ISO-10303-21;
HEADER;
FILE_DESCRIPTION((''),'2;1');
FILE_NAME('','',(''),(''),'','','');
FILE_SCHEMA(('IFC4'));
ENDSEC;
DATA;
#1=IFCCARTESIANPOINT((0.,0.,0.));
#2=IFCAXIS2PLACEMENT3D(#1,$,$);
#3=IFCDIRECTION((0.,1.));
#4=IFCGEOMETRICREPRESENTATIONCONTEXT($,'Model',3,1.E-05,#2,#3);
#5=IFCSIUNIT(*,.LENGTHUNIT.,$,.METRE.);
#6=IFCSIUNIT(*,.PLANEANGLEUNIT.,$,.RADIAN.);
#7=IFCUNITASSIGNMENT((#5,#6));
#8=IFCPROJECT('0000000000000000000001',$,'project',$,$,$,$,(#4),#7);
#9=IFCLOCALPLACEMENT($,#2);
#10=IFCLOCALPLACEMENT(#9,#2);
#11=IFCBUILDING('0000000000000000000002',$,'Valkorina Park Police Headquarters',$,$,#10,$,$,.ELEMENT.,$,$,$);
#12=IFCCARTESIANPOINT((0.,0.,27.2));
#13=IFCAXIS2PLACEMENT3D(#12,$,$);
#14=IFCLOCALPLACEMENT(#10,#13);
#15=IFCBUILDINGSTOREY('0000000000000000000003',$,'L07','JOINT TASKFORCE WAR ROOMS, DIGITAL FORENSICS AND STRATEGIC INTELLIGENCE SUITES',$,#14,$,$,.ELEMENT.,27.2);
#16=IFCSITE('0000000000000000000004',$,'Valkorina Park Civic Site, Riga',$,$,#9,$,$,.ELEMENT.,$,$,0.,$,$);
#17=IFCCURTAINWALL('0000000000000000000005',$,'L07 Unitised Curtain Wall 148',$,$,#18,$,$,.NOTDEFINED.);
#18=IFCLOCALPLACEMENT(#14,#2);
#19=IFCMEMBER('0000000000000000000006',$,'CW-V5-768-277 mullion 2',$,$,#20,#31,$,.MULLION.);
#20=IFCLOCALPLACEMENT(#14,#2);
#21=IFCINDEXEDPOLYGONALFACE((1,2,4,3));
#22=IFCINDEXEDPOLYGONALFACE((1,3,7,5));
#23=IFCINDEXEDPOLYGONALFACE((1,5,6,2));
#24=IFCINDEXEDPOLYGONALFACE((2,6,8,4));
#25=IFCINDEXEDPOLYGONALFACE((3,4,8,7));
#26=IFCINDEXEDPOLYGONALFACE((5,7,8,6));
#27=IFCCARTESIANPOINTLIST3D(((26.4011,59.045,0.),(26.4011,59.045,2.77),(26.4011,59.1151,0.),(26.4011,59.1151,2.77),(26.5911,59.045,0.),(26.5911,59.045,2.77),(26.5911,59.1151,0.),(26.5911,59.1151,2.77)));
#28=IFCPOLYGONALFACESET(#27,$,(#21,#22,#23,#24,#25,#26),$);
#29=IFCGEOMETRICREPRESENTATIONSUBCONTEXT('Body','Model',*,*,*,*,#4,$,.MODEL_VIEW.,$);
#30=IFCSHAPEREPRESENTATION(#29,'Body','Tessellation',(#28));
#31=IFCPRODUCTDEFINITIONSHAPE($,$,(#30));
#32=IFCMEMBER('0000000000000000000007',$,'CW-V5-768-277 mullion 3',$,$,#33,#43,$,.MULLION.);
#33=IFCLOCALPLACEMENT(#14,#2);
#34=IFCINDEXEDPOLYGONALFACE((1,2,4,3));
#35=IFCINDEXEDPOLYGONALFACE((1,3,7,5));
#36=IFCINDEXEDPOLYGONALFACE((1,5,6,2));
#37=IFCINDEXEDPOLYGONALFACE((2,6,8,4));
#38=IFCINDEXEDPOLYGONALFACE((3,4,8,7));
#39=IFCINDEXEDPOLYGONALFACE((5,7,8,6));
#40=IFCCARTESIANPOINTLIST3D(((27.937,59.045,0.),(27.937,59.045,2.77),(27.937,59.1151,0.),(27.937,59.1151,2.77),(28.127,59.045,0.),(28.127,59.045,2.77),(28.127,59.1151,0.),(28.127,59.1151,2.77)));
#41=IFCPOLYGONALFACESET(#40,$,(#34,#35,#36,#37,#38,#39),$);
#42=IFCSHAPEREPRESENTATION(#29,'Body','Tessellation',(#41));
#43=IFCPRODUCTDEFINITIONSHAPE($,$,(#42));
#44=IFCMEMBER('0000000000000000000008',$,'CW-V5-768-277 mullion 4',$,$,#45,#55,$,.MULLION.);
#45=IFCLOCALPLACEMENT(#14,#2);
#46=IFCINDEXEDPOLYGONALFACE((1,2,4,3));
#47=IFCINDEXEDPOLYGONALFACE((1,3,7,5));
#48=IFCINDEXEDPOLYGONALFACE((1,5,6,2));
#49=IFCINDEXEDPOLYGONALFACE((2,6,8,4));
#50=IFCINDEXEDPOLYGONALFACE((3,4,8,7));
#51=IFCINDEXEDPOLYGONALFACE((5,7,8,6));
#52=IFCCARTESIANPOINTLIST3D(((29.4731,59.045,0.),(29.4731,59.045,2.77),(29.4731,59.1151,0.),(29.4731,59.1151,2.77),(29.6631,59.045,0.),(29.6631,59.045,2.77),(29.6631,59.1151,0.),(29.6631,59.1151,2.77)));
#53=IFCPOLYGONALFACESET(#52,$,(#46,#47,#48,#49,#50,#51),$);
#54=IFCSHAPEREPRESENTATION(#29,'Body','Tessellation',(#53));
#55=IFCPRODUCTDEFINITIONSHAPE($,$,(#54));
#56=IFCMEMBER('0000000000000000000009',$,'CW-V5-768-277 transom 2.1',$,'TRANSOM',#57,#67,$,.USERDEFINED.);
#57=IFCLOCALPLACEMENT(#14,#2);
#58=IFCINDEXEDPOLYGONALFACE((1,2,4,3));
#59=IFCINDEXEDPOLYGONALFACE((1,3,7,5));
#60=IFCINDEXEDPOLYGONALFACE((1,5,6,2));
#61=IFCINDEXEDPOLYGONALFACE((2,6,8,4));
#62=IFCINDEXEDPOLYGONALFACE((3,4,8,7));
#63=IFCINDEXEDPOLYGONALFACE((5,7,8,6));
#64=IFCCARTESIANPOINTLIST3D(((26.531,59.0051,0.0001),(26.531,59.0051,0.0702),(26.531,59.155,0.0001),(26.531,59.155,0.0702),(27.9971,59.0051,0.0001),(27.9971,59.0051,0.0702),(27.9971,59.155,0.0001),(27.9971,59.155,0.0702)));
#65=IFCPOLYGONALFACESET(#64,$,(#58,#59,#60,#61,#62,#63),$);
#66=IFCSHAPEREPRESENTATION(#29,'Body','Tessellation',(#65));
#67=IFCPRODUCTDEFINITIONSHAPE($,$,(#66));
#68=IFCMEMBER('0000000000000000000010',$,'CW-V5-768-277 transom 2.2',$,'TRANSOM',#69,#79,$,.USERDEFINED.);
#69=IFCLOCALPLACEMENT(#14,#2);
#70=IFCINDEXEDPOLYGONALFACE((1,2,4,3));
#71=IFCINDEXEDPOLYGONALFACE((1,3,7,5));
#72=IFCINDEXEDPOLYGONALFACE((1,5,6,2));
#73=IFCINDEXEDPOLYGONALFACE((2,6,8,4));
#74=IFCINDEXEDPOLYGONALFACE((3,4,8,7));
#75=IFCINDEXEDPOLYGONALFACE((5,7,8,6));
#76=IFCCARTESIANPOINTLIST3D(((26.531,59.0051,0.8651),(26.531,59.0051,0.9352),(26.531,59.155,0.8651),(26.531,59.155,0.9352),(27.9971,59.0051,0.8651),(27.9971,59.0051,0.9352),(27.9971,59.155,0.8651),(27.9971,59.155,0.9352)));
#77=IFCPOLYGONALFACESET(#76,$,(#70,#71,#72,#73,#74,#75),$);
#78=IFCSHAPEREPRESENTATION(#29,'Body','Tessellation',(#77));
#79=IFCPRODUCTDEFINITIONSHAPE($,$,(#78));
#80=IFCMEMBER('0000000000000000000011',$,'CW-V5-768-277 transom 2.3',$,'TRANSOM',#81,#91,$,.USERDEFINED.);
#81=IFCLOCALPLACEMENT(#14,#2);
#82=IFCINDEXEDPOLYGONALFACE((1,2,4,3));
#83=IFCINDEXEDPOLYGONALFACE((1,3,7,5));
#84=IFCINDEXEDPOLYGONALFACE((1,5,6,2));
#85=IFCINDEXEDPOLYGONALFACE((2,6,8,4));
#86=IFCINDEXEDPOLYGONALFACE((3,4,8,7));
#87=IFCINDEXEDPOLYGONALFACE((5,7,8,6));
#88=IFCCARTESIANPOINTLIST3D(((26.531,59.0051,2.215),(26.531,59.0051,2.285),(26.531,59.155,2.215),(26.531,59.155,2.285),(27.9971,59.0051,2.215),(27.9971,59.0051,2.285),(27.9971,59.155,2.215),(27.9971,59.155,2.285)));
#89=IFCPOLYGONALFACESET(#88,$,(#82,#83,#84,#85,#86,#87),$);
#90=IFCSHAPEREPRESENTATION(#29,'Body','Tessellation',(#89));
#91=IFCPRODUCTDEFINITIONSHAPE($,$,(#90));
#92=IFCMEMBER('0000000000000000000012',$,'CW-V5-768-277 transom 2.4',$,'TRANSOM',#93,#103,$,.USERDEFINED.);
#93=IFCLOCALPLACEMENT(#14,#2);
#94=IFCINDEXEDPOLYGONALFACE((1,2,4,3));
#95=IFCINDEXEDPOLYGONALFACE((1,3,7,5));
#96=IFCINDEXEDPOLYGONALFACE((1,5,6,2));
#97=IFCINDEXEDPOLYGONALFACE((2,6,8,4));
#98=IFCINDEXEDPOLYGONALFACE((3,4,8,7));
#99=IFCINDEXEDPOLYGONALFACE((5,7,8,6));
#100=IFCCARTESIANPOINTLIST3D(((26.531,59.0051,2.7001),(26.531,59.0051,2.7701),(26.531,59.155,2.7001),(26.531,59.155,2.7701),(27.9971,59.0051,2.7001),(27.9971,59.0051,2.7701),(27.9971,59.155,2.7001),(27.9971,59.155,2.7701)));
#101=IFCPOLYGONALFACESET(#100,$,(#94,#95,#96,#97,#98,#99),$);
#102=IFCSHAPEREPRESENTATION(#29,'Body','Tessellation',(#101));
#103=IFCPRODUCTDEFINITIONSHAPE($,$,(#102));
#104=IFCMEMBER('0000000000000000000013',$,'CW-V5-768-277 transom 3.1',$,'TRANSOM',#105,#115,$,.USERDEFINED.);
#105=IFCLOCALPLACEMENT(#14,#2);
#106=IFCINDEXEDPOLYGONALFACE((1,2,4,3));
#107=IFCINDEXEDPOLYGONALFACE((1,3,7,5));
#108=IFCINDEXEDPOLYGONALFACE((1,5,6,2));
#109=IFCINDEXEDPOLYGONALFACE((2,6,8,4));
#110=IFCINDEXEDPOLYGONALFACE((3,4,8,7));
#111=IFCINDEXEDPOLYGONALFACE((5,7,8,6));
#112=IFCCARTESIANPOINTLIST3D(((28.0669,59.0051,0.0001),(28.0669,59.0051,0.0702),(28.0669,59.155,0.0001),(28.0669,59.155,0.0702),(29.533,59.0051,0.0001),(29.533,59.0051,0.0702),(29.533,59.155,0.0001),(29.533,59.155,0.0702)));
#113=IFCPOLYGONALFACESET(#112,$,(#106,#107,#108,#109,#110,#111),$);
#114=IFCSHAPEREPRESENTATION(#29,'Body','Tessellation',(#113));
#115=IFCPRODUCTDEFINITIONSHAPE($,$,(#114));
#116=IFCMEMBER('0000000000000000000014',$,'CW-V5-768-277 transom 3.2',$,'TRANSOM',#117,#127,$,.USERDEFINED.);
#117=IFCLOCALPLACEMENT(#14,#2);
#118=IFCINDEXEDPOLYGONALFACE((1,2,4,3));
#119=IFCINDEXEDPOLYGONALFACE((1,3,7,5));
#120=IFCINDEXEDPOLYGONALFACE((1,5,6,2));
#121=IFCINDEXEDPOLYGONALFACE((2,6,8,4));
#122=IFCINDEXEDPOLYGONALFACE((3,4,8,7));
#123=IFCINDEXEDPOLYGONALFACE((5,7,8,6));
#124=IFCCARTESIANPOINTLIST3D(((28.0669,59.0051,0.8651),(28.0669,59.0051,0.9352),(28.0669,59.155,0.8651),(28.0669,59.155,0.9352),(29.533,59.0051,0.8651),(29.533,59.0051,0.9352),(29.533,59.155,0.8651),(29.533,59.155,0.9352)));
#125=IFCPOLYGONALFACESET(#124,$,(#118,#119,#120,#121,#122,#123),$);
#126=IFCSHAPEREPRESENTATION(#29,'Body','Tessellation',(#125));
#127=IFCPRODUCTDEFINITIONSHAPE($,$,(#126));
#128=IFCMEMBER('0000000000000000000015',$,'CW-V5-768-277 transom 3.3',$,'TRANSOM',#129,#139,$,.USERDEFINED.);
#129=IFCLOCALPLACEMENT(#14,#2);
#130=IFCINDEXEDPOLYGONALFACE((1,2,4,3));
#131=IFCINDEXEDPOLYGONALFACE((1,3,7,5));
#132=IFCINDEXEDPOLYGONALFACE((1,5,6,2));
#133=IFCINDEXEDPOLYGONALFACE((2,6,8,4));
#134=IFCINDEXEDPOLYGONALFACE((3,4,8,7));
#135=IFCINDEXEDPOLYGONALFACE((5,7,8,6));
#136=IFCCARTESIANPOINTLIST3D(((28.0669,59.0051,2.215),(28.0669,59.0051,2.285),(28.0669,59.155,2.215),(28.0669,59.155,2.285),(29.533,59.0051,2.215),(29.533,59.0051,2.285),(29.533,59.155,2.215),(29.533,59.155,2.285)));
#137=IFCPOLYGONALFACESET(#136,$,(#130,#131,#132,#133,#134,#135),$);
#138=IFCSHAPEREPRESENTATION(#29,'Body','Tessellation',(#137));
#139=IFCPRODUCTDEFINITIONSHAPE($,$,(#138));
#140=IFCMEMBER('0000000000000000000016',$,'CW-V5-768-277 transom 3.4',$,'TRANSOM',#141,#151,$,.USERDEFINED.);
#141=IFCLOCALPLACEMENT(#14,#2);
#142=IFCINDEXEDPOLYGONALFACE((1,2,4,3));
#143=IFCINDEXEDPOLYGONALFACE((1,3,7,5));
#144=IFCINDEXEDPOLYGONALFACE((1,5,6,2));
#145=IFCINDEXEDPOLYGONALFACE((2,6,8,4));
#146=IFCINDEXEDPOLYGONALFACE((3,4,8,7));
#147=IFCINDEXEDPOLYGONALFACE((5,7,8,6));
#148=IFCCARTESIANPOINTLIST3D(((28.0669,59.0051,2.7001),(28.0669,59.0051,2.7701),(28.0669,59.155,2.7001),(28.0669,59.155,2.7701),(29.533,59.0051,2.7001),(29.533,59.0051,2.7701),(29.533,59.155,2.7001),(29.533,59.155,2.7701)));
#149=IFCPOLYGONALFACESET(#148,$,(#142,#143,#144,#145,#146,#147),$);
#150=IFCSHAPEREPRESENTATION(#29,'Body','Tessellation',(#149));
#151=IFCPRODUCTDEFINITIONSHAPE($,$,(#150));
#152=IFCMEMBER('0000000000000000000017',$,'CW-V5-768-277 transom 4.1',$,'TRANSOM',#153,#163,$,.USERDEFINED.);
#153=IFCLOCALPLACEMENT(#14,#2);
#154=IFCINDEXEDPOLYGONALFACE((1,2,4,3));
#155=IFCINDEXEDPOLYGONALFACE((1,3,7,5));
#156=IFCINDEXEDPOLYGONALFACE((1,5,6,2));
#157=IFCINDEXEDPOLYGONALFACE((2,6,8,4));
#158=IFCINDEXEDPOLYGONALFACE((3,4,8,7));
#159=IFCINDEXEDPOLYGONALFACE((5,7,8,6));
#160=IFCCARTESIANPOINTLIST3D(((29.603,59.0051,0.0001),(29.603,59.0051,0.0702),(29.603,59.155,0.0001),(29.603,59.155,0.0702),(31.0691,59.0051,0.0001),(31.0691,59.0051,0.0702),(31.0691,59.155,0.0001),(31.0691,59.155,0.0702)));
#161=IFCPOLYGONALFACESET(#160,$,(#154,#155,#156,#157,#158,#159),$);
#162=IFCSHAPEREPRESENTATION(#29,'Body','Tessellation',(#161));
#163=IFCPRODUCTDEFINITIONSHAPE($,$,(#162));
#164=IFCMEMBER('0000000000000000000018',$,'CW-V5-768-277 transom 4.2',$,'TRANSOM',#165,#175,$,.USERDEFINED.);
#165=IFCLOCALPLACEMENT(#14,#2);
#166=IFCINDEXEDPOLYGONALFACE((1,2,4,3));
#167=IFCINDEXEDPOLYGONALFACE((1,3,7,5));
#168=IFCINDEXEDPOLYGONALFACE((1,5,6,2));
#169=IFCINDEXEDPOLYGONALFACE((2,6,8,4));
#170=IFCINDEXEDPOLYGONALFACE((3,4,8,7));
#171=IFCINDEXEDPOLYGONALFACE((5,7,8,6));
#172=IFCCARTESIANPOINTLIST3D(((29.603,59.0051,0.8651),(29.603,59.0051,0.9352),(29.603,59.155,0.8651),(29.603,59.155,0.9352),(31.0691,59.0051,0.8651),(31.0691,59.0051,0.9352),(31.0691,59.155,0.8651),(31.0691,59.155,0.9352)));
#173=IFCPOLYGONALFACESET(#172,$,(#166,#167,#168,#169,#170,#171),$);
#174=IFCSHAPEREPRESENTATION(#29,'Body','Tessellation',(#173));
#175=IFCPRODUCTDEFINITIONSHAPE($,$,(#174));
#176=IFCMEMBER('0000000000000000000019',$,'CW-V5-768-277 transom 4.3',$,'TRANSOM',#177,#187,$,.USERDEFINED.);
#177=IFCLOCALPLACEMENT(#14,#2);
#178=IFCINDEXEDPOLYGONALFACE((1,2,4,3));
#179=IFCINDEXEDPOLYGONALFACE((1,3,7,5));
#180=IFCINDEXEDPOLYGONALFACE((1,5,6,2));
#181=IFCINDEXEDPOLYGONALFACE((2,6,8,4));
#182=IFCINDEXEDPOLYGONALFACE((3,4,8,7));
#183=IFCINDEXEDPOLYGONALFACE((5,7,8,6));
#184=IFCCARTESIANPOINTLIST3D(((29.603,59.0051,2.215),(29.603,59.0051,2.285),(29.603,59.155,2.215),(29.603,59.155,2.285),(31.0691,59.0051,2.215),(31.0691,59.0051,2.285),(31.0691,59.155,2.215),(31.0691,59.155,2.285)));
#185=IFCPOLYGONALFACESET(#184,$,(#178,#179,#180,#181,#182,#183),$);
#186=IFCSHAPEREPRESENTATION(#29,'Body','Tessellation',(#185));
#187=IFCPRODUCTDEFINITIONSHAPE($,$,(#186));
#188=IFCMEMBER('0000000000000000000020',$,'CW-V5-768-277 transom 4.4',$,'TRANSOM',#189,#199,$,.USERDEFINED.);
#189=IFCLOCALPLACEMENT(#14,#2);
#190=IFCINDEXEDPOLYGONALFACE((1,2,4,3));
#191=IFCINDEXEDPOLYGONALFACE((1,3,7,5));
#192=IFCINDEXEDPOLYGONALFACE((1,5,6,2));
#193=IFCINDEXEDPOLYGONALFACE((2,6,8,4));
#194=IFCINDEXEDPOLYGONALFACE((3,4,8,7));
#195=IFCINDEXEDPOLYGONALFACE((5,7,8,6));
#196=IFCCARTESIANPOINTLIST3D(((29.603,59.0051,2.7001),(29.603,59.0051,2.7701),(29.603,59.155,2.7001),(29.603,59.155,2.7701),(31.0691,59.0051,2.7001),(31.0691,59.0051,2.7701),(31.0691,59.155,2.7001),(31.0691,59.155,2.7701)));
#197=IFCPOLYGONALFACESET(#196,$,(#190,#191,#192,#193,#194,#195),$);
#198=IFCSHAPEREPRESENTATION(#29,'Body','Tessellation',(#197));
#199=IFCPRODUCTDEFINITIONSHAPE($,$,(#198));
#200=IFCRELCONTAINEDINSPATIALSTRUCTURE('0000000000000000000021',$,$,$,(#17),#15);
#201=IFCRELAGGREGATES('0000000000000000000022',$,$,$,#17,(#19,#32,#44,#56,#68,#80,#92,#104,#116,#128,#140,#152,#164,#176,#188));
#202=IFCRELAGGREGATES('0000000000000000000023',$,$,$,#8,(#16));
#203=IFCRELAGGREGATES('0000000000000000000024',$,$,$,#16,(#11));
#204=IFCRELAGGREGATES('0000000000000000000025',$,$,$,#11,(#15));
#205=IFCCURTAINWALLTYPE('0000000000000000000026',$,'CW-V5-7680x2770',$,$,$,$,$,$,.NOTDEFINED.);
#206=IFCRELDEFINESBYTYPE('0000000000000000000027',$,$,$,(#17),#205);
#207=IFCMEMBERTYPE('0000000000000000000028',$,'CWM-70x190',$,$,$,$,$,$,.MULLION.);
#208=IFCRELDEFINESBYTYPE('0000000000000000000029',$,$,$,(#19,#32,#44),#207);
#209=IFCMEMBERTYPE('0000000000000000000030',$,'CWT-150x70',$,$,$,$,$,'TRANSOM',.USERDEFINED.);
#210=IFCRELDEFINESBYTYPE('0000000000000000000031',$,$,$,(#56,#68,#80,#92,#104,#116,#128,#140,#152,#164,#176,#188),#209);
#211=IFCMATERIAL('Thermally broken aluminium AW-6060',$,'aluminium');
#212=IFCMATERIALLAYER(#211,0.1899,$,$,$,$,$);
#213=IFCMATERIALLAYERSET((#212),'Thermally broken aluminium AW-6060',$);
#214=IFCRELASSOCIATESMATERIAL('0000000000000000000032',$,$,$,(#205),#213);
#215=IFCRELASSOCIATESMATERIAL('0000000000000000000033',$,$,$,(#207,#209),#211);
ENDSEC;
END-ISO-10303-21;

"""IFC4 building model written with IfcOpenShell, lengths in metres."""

from ifc_helpers import new_model, si_unit, direction, frame, origin, origin_2d, place, context, subcontext, project, spatial, rectangle, extrude, material, layer, layer_set, material_profile, profile_set, type_object, element, aggregate, save


model = new_model("IFC4")

# Units and contexts
model_context = context("Model", 3, precision=1e-05, world=origin(), true_north=direction((0.0, 1.0)))
body_context = subcontext(model_context, "Body", "Model", "MODEL_VIEW")
ifc_project = project(units=[si_unit("LENGTHUNIT", "METRE"), si_unit("PLANEANGLEUNIT", "RADIAN")], contexts=[model_context])

# Site, building, storey
site_placement = place(None, origin())
site = spatial("IfcSite", under=ifc_project, at=site_placement, Name="Valkorina Park Civic Site, Riga", CompositionType="ELEMENT", RefElevation=0.0)
building_placement = place(site_placement, origin())
building = spatial("IfcBuilding", under=site, at=building_placement, Name="Valkorina Park Police Headquarters", CompositionType="ELEMENT")
storey_placement = place(building_placement, frame((0.0, 0.0, 27.2)))
storey = spatial("IfcBuildingStorey", under=building, at=storey_placement, Name="L07", Description="JOINT TASKFORCE WAR ROOMS, DIGITAL FORENSICS AND STRATEGIC INTELLIGENCE SUITES", CompositionType="ELEMENT", Elevation=27.2)

# Curtain wall, members
ifc_material_1 = material(Name="Thermally broken aluminium AW-6060", Category="aluminium")
ifc_layer_1 = layer(ifc_material_1, 0.1899)
ifc_layer_set_1 = layer_set([ifc_layer_1], Name="Thermally broken aluminium AW-6060")
curtain_wall_type = type_object("IfcCurtainWallType", Name="CW-V5-7680x2770", PredefinedType="NOTDEFINED", material=ifc_layer_set_1)
curtain_wall_placement = place(storey_placement, origin())
curtain_wall = element("IfcCurtainWall", 1, at=curtain_wall_placement, inside=storey, type_object=curtain_wall_type, Name="L07 Unitised Curtain Wall 148", PredefinedType="NOTDEFINED")
ifc_material_profile_1 = material_profile(ifc_material_1, rectangle(XDim=0.0701, YDim=0.1899, at=origin_2d()), Name="CWM-02 70x190")
ifc_profile_set_1 = profile_set([ifc_material_profile_1], Name="Thermally broken aluminium AW-6060")
member_type_1 = type_object("IfcMemberType", Name="CWM-70x190", PredefinedType="MULLION", material=ifc_profile_set_1)
member_1_placement = place(storey_placement, frame((26.4961, 59.0801, 0.0), z_axis=(0.0, 0.0, 1.0), x_axis=(0.0, 1.0, 0.0)))
member_1 = element("IfcMember", 2, at=member_1_placement, type_object=member_type_1, Name="CW-V5-768-277 mullion 2", PredefinedType="MULLION", context=body_context, shape_type="SweptSolid", body=[
    extrude(rectangle(XDim=0.0701, YDim=0.1899, at=origin_2d()), origin(), (0.0, 0.0, 1.0), 2.77),
])
member_2_placement = place(storey_placement, frame((28.032, 59.0801, 0.0), z_axis=(0.0, 0.0, 1.0), x_axis=(0.0, 1.0, 0.0)))
member_2 = element("IfcMember", 3, at=member_2_placement, type_object=member_type_1, Name="CW-V5-768-277 mullion 3", PredefinedType="MULLION", context=body_context, shape_type="SweptSolid", body=[
    extrude(rectangle(XDim=0.0701, YDim=0.1899, at=origin_2d()), origin(), (0.0, 0.0, 1.0), 2.77),
])
member_3_placement = place(storey_placement, frame((29.5681, 59.0801, 0.0), z_axis=(0.0, 0.0, 1.0), x_axis=(0.0, 1.0, 0.0)))
member_3 = element("IfcMember", 4, at=member_3_placement, type_object=member_type_1, Name="CW-V5-768-277 mullion 4", PredefinedType="MULLION", context=body_context, shape_type="SweptSolid", body=[
    extrude(rectangle(XDim=0.0701, YDim=0.1899, at=origin_2d()), origin(), (0.0, 0.0, 1.0), 2.77),
])
ifc_material_profile_2 = material_profile(ifc_material_1, rectangle(XDim=0.1499, YDim=0.0701, at=origin_2d()), Name="CWT-02 150x70")
ifc_profile_set_2 = profile_set([ifc_material_profile_2], Name="Thermally broken aluminium AW-6060")
member_type_2 = type_object("IfcMemberType", Name="CWT-150x70", ElementType="TRANSOM", PredefinedType="USERDEFINED", material=ifc_profile_set_2)
member_4_placement = place(storey_placement, frame((26.531, 59.0801, 0.0352), z_axis=(1.0, 0.0, 0.0), x_axis=(0.0, 1.0, 0.0)))
member_4 = element("IfcMember", 5, at=member_4_placement, type_object=member_type_2, Name="CW-V5-768-277 transom 2.1", ObjectType="TRANSOM", PredefinedType="USERDEFINED", context=body_context, shape_type="SweptSolid", body=[
    extrude(rectangle(XDim=0.1499, YDim=0.0701, at=origin_2d()), origin(), (0.0, 0.0, 1.0), 1.4661),
])
member_5_placement = place(storey_placement, frame((26.531, 59.0801, 0.9001), z_axis=(1.0, 0.0, 0.0), x_axis=(0.0, 1.0, 0.0)))
member_5 = element("IfcMember", 6, at=member_5_placement, type_object=member_type_2, Name="CW-V5-768-277 transom 2.2", ObjectType="TRANSOM", PredefinedType="USERDEFINED", context=body_context, shape_type="SweptSolid", body=[
    extrude(rectangle(XDim=0.1499, YDim=0.0701, at=origin_2d()), origin(), (0.0, 0.0, 1.0), 1.4661),
])
member_6_placement = place(storey_placement, frame((26.531, 59.0801, 2.25), z_axis=(1.0, 0.0, 0.0), x_axis=(0.0, 1.0, 0.0)))
member_6 = element("IfcMember", 7, at=member_6_placement, type_object=member_type_2, Name="CW-V5-768-277 transom 2.3", ObjectType="TRANSOM", PredefinedType="USERDEFINED", context=body_context, shape_type="SweptSolid", body=[
    extrude(rectangle(XDim=0.1499, YDim=0.0701, at=origin_2d()), origin(), (0.0, 0.0, 1.0), 1.4661),
])
member_7_placement = place(storey_placement, frame((26.531, 59.0801, 2.7351), z_axis=(1.0, 0.0, 0.0), x_axis=(0.0, 1.0, 0.0)))
member_7 = element("IfcMember", 8, at=member_7_placement, type_object=member_type_2, Name="CW-V5-768-277 transom 2.4", ObjectType="TRANSOM", PredefinedType="USERDEFINED", context=body_context, shape_type="SweptSolid", body=[
    extrude(rectangle(XDim=0.1499, YDim=0.0701, at=origin_2d()), origin(), (0.0, 0.0, 1.0), 1.4661),
])
member_8_placement = place(storey_placement, frame((28.0669, 59.0801, 0.0352), z_axis=(1.0, 0.0, 0.0), x_axis=(0.0, 1.0, 0.0)))
member_8 = element("IfcMember", 9, at=member_8_placement, type_object=member_type_2, Name="CW-V5-768-277 transom 3.1", ObjectType="TRANSOM", PredefinedType="USERDEFINED", context=body_context, shape_type="SweptSolid", body=[
    extrude(rectangle(XDim=0.1499, YDim=0.0701, at=origin_2d()), origin(), (0.0, 0.0, 1.0), 1.4661),
])
member_9_placement = place(storey_placement, frame((28.0669, 59.0801, 0.9001), z_axis=(1.0, 0.0, 0.0), x_axis=(0.0, 1.0, 0.0)))
member_9 = element("IfcMember", 10, at=member_9_placement, type_object=member_type_2, Name="CW-V5-768-277 transom 3.2", ObjectType="TRANSOM", PredefinedType="USERDEFINED", context=body_context, shape_type="SweptSolid", body=[
    extrude(rectangle(XDim=0.1499, YDim=0.0701, at=origin_2d()), origin(), (0.0, 0.0, 1.0), 1.4661),
])
member_10_placement = place(storey_placement, frame((28.0669, 59.0801, 2.25), z_axis=(1.0, 0.0, 0.0), x_axis=(0.0, 1.0, 0.0)))
member_10 = element("IfcMember", 11, at=member_10_placement, type_object=member_type_2, Name="CW-V5-768-277 transom 3.3", ObjectType="TRANSOM", PredefinedType="USERDEFINED", context=body_context, shape_type="SweptSolid", body=[
    extrude(rectangle(XDim=0.1499, YDim=0.0701, at=origin_2d()), origin(), (0.0, 0.0, 1.0), 1.4661),
])
member_11_placement = place(storey_placement, frame((28.0669, 59.0801, 2.7351), z_axis=(1.0, 0.0, 0.0), x_axis=(0.0, 1.0, 0.0)))
member_11 = element("IfcMember", 12, at=member_11_placement, type_object=member_type_2, Name="CW-V5-768-277 transom 3.4", ObjectType="TRANSOM", PredefinedType="USERDEFINED", context=body_context, shape_type="SweptSolid", body=[
    extrude(rectangle(XDim=0.1499, YDim=0.0701, at=origin_2d()), origin(), (0.0, 0.0, 1.0), 1.4661),
])
member_12_placement = place(storey_placement, frame((29.603, 59.0801, 0.0352), z_axis=(1.0, 0.0, 0.0), x_axis=(0.0, 1.0, 0.0)))
member_12 = element("IfcMember", 13, at=member_12_placement, type_object=member_type_2, Name="CW-V5-768-277 transom 4.1", ObjectType="TRANSOM", PredefinedType="USERDEFINED", context=body_context, shape_type="SweptSolid", body=[
    extrude(rectangle(XDim=0.1499, YDim=0.0701, at=origin_2d()), origin(), (0.0, 0.0, 1.0), 1.4661),
])
member_13_placement = place(storey_placement, frame((29.603, 59.0801, 0.9001), z_axis=(1.0, 0.0, 0.0), x_axis=(0.0, 1.0, 0.0)))
member_13 = element("IfcMember", 14, at=member_13_placement, type_object=member_type_2, Name="CW-V5-768-277 transom 4.2", ObjectType="TRANSOM", PredefinedType="USERDEFINED", context=body_context, shape_type="SweptSolid", body=[
    extrude(rectangle(XDim=0.1499, YDim=0.0701, at=origin_2d()), origin(), (0.0, 0.0, 1.0), 1.4661),
])
member_14_placement = place(storey_placement, frame((29.603, 59.0801, 2.25), z_axis=(1.0, 0.0, 0.0), x_axis=(0.0, 1.0, 0.0)))
member_14 = element("IfcMember", 15, at=member_14_placement, type_object=member_type_2, Name="CW-V5-768-277 transom 4.3", ObjectType="TRANSOM", PredefinedType="USERDEFINED", context=body_context, shape_type="SweptSolid", body=[
    extrude(rectangle(XDim=0.1499, YDim=0.0701, at=origin_2d()), origin(), (0.0, 0.0, 1.0), 1.4661),
])
member_15_placement = place(storey_placement, frame((29.603, 59.0801, 2.7351), z_axis=(1.0, 0.0, 0.0), x_axis=(0.0, 1.0, 0.0)))
member_15 = element("IfcMember", 16, at=member_15_placement, type_object=member_type_2, Name="CW-V5-768-277 transom 4.4", ObjectType="TRANSOM", PredefinedType="USERDEFINED", context=body_context, shape_type="SweptSolid", body=[
    extrude(rectangle(XDim=0.1499, YDim=0.0701, at=origin_2d()), origin(), (0.0, 0.0, 1.0), 1.4661),
])
aggregate(curtain_wall, [member_1, member_2, member_3, member_4, member_5, member_6, member_7, member_8, member_9, member_10, member_11, member_12, member_13, member_14, member_15])

save(model, "model.ifc")
